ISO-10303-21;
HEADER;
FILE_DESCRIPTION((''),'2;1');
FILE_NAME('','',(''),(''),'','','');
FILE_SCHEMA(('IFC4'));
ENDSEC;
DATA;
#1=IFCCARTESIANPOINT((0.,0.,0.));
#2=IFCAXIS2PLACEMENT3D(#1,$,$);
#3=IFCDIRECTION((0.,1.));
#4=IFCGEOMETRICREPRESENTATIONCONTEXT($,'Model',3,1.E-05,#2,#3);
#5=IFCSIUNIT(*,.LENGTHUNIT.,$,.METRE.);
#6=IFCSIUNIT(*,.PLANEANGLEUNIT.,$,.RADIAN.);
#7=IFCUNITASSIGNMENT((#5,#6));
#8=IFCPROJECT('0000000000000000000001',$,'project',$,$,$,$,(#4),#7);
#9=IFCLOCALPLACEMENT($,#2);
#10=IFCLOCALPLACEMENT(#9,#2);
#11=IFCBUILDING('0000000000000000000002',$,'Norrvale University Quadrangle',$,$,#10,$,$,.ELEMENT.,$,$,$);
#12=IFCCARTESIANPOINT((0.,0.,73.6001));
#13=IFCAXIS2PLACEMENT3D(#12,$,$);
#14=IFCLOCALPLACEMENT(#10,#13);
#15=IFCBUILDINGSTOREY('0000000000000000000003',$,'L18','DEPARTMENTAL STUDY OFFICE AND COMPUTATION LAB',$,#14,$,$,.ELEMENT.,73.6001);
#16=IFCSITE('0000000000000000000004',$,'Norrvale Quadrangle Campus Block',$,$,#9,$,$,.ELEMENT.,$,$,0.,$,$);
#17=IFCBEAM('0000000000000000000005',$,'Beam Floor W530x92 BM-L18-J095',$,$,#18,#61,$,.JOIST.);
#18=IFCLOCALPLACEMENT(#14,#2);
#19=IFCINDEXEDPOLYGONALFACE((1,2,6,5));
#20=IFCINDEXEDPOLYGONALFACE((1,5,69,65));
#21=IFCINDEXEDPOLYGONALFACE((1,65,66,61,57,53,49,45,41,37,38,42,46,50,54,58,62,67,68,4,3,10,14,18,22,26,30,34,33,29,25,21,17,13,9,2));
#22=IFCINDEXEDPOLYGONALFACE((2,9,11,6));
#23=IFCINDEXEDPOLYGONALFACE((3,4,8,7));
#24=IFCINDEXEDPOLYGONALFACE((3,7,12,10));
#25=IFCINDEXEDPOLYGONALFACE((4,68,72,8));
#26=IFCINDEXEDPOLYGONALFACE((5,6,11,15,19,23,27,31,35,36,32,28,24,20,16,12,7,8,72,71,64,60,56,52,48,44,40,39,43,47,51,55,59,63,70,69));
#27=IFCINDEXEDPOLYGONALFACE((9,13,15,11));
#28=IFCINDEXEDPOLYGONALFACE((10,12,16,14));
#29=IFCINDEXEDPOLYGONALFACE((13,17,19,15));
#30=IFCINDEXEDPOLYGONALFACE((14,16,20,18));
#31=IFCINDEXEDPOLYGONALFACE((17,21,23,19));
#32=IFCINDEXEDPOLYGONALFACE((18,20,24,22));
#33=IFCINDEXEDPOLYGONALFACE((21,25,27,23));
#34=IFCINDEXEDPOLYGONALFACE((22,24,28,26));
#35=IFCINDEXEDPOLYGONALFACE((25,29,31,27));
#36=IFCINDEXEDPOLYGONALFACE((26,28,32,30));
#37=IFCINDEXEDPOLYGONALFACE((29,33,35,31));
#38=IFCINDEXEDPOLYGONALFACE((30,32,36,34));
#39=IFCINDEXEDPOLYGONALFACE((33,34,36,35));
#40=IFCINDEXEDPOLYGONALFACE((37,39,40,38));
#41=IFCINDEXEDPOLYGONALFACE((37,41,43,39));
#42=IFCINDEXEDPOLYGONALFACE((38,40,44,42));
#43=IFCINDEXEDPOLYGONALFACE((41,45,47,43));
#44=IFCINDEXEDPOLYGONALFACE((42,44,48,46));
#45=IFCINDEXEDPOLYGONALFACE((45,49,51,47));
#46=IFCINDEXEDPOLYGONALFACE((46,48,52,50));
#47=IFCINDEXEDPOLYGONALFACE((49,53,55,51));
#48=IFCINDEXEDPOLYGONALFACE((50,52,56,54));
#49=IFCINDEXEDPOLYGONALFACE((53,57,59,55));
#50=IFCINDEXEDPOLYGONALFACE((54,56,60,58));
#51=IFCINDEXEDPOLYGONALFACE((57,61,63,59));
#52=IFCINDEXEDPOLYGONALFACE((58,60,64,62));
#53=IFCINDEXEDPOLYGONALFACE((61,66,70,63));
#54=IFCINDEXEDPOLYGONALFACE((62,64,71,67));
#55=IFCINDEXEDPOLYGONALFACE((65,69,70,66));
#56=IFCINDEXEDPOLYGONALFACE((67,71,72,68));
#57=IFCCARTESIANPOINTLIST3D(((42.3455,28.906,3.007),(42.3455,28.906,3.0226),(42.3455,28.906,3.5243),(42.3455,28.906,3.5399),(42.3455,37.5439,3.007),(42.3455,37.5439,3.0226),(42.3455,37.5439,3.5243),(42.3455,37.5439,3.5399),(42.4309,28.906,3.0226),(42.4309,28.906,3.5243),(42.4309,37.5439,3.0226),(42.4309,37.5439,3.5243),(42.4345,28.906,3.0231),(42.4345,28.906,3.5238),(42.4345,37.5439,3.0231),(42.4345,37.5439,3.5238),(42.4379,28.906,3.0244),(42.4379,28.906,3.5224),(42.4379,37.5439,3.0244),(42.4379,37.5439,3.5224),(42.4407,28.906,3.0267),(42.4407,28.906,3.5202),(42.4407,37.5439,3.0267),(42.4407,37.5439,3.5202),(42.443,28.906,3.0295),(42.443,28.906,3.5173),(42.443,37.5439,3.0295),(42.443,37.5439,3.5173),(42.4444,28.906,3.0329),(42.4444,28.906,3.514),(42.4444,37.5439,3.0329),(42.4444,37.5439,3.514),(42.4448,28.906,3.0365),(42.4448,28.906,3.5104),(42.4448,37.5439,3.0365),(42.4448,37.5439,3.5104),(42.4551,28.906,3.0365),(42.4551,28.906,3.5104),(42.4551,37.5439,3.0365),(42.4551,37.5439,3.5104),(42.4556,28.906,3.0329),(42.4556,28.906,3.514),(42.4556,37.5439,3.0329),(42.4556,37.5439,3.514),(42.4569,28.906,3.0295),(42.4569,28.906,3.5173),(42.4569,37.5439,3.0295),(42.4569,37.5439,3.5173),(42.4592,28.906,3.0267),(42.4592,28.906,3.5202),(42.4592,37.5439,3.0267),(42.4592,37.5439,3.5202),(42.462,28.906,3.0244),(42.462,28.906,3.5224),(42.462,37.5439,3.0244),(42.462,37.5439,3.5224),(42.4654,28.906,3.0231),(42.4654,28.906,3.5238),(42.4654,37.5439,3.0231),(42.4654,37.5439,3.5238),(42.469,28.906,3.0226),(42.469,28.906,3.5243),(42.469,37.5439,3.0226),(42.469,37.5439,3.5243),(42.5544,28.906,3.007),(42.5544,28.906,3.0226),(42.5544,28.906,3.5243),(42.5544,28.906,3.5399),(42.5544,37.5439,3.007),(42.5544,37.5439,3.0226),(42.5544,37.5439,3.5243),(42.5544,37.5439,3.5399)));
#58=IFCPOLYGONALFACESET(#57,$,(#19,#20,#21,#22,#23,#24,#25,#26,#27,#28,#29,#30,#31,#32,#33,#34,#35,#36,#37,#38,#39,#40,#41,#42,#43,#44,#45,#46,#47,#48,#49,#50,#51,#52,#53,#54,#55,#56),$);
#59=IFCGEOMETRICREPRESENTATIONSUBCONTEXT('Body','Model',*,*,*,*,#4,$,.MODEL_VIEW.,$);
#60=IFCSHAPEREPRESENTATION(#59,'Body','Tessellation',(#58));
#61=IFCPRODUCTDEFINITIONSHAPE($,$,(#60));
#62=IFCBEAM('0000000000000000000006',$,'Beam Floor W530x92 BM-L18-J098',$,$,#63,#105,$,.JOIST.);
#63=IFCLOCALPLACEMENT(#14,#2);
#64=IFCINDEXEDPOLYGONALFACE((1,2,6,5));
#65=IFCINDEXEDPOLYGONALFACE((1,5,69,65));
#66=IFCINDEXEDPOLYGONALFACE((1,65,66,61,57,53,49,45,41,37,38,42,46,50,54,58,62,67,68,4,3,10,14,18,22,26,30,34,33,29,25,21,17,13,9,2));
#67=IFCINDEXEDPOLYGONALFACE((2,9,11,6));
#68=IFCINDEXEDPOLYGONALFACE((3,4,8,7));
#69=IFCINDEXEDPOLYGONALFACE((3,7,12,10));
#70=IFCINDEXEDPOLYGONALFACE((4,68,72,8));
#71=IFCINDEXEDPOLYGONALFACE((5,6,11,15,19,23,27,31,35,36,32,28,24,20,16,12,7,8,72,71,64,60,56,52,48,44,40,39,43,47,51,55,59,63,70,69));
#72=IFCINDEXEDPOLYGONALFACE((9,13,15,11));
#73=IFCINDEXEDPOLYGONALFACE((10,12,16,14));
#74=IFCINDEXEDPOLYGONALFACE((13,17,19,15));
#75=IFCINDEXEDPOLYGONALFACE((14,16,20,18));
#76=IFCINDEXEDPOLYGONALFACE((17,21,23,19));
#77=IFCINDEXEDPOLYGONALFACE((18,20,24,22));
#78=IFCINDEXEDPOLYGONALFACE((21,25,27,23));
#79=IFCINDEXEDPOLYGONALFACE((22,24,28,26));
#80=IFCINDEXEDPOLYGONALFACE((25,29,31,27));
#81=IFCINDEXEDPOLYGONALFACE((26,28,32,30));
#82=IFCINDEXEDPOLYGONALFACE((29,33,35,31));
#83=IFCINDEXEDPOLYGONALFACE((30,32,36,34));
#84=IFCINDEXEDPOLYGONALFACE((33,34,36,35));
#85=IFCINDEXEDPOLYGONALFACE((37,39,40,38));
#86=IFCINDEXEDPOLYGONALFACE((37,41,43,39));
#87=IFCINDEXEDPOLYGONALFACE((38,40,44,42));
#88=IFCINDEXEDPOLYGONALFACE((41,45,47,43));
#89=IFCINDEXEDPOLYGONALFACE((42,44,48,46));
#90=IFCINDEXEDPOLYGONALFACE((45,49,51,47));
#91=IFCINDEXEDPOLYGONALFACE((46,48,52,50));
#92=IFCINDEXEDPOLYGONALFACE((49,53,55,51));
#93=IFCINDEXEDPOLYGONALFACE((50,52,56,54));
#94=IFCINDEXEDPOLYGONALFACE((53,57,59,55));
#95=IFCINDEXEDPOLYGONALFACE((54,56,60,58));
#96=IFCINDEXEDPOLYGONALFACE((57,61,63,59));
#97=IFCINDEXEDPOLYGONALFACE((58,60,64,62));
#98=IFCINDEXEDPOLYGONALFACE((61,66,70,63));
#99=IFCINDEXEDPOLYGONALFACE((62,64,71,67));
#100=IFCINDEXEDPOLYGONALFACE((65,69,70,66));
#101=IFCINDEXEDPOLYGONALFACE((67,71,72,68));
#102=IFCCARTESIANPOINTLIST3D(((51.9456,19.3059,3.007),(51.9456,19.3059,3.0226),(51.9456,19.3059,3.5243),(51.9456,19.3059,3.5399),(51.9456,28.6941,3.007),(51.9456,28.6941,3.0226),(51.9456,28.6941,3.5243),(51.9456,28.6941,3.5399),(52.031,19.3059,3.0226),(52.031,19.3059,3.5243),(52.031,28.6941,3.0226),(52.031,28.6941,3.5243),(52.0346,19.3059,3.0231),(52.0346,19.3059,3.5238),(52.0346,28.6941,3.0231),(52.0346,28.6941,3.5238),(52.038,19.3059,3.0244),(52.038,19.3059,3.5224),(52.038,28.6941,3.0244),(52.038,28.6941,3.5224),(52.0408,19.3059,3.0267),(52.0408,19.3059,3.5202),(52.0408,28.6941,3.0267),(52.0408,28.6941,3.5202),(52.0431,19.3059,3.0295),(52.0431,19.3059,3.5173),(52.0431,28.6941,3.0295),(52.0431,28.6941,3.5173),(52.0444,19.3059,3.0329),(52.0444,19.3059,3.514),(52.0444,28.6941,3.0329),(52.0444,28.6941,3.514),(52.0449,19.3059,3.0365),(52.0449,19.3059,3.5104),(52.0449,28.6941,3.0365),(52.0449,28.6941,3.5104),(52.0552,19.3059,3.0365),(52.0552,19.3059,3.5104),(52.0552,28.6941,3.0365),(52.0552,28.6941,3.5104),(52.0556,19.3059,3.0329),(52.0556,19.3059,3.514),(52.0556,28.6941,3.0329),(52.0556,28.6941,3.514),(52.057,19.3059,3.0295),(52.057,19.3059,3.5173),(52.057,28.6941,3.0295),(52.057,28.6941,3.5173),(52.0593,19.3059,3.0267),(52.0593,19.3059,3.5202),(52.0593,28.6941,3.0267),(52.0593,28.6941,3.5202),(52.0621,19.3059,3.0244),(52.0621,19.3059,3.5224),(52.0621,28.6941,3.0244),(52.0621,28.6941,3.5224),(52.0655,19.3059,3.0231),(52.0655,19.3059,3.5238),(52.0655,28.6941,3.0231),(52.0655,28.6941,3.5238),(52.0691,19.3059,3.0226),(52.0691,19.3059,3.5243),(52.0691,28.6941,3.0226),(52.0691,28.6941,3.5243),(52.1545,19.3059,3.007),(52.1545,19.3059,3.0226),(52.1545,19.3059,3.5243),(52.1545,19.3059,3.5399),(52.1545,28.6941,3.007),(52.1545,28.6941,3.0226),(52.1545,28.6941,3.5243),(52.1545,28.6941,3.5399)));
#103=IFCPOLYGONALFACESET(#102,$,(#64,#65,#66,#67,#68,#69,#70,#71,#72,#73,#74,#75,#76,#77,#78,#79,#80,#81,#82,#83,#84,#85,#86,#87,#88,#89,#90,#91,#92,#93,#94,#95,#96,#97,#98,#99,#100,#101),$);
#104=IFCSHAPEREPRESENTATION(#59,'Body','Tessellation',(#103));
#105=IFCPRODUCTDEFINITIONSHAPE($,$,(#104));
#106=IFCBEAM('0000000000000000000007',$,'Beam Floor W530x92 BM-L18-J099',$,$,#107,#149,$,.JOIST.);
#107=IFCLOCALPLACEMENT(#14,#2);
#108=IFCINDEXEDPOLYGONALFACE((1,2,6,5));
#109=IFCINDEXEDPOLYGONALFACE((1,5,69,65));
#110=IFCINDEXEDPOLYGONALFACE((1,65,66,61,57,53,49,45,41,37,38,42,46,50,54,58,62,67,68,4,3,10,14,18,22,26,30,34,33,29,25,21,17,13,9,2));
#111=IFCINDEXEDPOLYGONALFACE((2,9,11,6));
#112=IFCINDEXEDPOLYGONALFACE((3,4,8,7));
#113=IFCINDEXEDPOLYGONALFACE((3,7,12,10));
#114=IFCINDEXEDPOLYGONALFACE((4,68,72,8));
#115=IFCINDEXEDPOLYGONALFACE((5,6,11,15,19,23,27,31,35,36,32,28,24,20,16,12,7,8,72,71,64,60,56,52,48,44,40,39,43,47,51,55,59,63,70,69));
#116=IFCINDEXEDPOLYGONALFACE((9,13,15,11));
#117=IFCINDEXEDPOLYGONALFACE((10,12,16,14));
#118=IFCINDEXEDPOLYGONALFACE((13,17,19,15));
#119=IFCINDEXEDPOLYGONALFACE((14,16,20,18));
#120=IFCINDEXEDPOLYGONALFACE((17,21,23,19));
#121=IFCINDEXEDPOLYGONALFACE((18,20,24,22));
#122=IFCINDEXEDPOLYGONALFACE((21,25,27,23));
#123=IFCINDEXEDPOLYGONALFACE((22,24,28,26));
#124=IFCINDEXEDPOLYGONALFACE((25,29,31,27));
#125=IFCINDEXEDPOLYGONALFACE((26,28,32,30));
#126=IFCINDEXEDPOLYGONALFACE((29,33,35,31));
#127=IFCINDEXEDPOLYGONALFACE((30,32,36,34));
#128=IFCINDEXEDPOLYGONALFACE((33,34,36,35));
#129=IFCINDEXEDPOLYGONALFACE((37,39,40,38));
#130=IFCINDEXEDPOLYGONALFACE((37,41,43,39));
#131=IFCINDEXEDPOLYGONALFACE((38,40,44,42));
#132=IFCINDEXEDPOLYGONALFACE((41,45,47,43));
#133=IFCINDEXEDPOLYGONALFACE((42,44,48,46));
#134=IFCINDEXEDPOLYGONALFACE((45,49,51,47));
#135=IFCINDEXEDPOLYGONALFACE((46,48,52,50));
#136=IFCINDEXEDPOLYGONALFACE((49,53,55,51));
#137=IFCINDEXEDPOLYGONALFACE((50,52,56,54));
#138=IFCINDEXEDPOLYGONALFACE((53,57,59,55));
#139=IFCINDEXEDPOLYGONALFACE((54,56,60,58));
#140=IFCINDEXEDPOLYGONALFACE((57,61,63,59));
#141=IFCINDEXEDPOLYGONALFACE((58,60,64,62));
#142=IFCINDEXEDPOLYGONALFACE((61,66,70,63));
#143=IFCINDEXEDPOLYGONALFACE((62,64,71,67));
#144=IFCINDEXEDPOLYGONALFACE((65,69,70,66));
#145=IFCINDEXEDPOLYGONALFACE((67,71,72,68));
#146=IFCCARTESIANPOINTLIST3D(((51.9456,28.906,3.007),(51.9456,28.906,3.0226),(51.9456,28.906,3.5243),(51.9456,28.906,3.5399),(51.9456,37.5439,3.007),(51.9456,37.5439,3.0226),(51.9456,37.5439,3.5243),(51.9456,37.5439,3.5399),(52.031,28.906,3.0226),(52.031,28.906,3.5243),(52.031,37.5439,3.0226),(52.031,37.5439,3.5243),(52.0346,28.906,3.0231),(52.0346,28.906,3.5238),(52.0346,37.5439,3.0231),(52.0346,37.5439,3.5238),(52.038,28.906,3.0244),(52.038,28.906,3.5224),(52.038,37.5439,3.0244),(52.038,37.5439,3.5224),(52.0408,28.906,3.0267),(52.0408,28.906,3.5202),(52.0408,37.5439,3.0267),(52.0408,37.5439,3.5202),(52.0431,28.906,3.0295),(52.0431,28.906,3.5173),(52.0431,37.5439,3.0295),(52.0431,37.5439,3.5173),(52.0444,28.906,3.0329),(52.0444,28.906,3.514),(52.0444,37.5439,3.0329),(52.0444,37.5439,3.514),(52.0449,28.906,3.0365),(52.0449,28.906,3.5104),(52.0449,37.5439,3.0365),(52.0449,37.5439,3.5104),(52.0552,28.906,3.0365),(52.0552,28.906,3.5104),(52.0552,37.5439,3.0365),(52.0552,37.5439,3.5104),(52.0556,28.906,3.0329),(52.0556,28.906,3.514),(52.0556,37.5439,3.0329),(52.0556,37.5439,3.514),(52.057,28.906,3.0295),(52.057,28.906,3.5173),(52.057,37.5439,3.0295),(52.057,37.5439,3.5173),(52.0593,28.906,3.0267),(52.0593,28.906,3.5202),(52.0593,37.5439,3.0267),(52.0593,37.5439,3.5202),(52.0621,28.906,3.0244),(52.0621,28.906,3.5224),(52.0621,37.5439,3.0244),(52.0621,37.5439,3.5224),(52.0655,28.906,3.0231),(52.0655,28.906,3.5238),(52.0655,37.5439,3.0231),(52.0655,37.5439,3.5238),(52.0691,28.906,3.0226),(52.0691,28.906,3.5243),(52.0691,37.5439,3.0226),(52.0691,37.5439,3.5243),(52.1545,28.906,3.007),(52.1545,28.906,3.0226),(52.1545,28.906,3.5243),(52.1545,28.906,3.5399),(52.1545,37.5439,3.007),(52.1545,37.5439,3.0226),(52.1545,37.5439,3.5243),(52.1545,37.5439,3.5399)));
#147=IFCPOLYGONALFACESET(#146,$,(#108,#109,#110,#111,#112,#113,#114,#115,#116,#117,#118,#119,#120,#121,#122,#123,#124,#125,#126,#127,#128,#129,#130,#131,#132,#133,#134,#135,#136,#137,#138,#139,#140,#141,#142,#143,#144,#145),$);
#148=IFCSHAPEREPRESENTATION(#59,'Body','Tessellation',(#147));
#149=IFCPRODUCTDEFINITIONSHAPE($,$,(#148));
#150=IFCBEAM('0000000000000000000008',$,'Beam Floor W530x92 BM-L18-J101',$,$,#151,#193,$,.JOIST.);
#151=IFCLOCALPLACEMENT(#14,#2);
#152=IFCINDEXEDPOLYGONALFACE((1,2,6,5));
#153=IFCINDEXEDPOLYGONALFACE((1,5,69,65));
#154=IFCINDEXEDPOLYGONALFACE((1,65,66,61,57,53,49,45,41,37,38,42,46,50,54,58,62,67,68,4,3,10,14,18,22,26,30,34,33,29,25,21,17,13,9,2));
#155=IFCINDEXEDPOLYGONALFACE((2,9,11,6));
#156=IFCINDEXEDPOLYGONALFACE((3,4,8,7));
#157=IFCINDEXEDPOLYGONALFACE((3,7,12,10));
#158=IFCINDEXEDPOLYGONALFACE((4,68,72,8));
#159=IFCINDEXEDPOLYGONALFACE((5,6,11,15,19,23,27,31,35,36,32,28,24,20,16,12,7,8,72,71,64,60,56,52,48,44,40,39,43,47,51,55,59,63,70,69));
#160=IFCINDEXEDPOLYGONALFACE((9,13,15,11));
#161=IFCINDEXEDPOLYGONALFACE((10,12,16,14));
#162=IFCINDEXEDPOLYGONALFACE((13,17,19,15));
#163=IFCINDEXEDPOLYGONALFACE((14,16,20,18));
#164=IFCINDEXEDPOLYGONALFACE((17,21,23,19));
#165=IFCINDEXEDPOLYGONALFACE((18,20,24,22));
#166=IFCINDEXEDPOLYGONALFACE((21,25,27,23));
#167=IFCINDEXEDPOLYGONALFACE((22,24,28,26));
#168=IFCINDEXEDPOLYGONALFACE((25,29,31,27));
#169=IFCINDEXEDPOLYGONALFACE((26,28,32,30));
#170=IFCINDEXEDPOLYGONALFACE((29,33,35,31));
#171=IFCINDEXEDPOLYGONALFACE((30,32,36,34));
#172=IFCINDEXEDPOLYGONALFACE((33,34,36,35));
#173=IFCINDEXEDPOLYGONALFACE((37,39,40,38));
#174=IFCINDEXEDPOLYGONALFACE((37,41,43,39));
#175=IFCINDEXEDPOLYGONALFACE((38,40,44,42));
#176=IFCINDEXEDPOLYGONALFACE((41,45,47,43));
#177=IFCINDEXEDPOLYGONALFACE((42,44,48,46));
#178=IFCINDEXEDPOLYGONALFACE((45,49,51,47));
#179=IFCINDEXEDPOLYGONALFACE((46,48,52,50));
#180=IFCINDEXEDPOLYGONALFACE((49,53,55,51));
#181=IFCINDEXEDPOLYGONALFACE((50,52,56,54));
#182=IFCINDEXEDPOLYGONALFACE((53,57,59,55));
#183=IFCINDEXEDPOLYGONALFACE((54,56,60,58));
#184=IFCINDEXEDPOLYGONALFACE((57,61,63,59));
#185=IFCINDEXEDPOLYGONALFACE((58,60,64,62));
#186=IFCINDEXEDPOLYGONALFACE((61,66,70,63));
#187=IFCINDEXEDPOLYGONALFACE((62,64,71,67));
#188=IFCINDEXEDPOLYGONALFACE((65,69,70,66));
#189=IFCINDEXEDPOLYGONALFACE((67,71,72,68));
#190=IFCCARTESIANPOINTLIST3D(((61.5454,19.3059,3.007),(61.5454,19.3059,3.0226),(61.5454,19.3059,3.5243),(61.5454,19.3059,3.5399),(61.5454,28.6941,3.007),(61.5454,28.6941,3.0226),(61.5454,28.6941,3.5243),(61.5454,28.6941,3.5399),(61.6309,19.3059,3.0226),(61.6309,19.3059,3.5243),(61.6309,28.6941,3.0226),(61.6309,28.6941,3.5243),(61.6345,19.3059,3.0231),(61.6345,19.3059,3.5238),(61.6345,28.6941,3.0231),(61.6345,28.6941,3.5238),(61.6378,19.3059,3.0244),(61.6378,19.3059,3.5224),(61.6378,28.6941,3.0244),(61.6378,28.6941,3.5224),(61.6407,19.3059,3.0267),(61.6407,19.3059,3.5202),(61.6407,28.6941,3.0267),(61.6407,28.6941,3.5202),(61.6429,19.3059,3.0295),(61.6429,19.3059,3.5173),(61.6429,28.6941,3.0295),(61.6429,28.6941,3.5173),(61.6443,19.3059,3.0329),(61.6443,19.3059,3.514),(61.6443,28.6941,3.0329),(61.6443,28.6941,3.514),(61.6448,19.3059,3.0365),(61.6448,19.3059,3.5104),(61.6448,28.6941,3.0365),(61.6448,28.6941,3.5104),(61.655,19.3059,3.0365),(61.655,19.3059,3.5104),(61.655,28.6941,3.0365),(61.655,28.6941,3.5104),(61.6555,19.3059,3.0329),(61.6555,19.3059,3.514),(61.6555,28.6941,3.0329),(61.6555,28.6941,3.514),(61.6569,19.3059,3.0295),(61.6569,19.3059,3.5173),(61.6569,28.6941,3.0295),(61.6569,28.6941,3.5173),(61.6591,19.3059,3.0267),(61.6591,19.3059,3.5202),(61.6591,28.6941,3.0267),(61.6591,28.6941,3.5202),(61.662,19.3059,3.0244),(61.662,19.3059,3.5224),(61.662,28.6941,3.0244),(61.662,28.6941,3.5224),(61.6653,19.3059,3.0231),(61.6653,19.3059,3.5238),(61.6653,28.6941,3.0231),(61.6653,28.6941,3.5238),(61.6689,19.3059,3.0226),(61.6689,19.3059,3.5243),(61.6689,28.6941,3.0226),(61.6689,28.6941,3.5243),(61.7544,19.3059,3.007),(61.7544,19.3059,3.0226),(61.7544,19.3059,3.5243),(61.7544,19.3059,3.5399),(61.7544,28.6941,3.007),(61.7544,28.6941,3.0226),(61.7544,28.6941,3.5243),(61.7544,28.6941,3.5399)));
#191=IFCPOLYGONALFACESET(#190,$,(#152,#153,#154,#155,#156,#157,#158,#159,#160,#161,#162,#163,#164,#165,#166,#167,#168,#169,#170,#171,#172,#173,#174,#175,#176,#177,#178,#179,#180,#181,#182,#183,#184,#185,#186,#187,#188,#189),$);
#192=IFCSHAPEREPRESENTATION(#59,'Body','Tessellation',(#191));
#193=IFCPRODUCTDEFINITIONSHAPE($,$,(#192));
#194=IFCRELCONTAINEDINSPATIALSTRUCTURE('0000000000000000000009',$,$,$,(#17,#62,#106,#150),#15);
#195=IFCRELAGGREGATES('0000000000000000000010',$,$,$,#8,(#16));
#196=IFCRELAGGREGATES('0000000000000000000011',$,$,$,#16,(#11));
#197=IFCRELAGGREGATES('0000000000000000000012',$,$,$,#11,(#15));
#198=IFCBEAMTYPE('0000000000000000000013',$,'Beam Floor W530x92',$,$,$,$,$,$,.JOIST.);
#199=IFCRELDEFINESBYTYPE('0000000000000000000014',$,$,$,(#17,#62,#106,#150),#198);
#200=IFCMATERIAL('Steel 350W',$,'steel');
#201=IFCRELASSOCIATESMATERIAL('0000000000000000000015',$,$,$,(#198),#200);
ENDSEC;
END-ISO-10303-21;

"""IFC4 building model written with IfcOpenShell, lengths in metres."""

from ifc_helpers import new_model, si_unit, direction, frame, origin, origin_2d, place, context, subcontext, project, spatial, i_section, extrude, material, material_profile, profile_set, type_object, element, save


model = new_model("IFC4")

# Units and contexts
model_context = context("Model", 3, precision=1e-05, world=origin(), true_north=direction((0.0, 1.0)))
body_context = subcontext(model_context, "Body", "Model", "MODEL_VIEW")
ifc_project = project(units=[si_unit("LENGTHUNIT", "METRE"), si_unit("PLANEANGLEUNIT", "RADIAN")], contexts=[model_context])

# Site, building, storey
site_placement = place(None, origin())
site = spatial("IfcSite", under=ifc_project, at=site_placement, Name="Norrvale Quadrangle Campus Block", CompositionType="ELEMENT", RefElevation=0.0)
building_placement = place(site_placement, origin())
building = spatial("IfcBuilding", under=site, at=building_placement, Name="Norrvale University Quadrangle", CompositionType="ELEMENT")
storey_placement = place(building_placement, frame((0.0, 0.0, 73.6001)))
storey = spatial("IfcBuildingStorey", under=building, at=storey_placement, Name="L18", Description="DEPARTMENTAL STUDY OFFICE AND COMPUTATION LAB", CompositionType="ELEMENT", Elevation=73.6001)

# Beams
ifc_material_1 = material(Name="Steel 350W", Category="steel")
ifc_material_profile_1 = material_profile(ifc_material_1, i_section(OverallWidth=0.209, OverallDepth=0.533, WebThickness=0.0103, FlangeThickness=0.0156, FilletRadius=0.0139, at=origin_2d()), Name="Steel 350W")
ifc_profile_set_1 = profile_set([ifc_material_profile_1], Name="Steel 350W")
beam_type_1 = type_object("IfcBeamType", Name="Beam Floor W530x92", PredefinedType="JOIST", material=ifc_profile_set_1)
beam_1_placement = place(storey_placement, frame((42.45, 28.906, 3.2734), z_axis=(0.0, 1.0, 0.0), x_axis=(-1.0, 0.0, 0.0)))
element("IfcBeam", 1, at=beam_1_placement, inside=storey, type_object=beam_type_1, Name="Beam Floor W530x92 BM-L18-J095", PredefinedType="JOIST", context=body_context, shape_type="SweptSolid", body=[
    extrude(i_section(OverallWidth=0.209, OverallDepth=0.533, WebThickness=0.0103, FlangeThickness=0.0156, FilletRadius=0.0139, at=origin_2d()), origin(), (0.0, 0.0, 1.0), 8.6379),
])
beam_2_placement = place(storey_placement, frame((52.05, 19.3059, 3.2734), z_axis=(0.0, 1.0, 0.0), x_axis=(-1.0, 0.0, 0.0)))
element("IfcBeam", 2, at=beam_2_placement, inside=storey, type_object=beam_type_1, Name="Beam Floor W530x92 BM-L18-J098", PredefinedType="JOIST", context=body_context, shape_type="SweptSolid", body=[
    extrude(i_section(OverallWidth=0.209, OverallDepth=0.533, WebThickness=0.0103, FlangeThickness=0.0156, FilletRadius=0.0139, at=origin_2d()), origin(), (0.0, 0.0, 1.0), 9.3882),
])
beam_3_placement = place(storey_placement, frame((52.05, 28.906, 3.2734), z_axis=(0.0, 1.0, 0.0), x_axis=(-1.0, 0.0, 0.0)))
element("IfcBeam", 3, at=beam_3_placement, inside=storey, type_object=beam_type_1, Name="Beam Floor W530x92 BM-L18-J099", PredefinedType="JOIST", context=body_context, shape_type="SweptSolid", body=[
    extrude(i_section(OverallWidth=0.209, OverallDepth=0.533, WebThickness=0.0103, FlangeThickness=0.0156, FilletRadius=0.0139, at=origin_2d()), origin(), (0.0, 0.0, 1.0), 8.6379),
])
beam_4_placement = place(storey_placement, frame((61.6499, 19.3059, 3.2734), z_axis=(0.0, 1.0, 0.0), x_axis=(-1.0, 0.0, 0.0)))
element("IfcBeam", 4, at=beam_4_placement, inside=storey, type_object=beam_type_1, Name="Beam Floor W530x92 BM-L18-J101", PredefinedType="JOIST", context=body_context, shape_type="SweptSolid", body=[
    extrude(i_section(OverallWidth=0.209, OverallDepth=0.533, WebThickness=0.0103, FlangeThickness=0.0156, FilletRadius=0.0139, at=origin_2d()), origin(), (0.0, 0.0, 1.0), 9.3882),
])

save(model, "model.ifc")
